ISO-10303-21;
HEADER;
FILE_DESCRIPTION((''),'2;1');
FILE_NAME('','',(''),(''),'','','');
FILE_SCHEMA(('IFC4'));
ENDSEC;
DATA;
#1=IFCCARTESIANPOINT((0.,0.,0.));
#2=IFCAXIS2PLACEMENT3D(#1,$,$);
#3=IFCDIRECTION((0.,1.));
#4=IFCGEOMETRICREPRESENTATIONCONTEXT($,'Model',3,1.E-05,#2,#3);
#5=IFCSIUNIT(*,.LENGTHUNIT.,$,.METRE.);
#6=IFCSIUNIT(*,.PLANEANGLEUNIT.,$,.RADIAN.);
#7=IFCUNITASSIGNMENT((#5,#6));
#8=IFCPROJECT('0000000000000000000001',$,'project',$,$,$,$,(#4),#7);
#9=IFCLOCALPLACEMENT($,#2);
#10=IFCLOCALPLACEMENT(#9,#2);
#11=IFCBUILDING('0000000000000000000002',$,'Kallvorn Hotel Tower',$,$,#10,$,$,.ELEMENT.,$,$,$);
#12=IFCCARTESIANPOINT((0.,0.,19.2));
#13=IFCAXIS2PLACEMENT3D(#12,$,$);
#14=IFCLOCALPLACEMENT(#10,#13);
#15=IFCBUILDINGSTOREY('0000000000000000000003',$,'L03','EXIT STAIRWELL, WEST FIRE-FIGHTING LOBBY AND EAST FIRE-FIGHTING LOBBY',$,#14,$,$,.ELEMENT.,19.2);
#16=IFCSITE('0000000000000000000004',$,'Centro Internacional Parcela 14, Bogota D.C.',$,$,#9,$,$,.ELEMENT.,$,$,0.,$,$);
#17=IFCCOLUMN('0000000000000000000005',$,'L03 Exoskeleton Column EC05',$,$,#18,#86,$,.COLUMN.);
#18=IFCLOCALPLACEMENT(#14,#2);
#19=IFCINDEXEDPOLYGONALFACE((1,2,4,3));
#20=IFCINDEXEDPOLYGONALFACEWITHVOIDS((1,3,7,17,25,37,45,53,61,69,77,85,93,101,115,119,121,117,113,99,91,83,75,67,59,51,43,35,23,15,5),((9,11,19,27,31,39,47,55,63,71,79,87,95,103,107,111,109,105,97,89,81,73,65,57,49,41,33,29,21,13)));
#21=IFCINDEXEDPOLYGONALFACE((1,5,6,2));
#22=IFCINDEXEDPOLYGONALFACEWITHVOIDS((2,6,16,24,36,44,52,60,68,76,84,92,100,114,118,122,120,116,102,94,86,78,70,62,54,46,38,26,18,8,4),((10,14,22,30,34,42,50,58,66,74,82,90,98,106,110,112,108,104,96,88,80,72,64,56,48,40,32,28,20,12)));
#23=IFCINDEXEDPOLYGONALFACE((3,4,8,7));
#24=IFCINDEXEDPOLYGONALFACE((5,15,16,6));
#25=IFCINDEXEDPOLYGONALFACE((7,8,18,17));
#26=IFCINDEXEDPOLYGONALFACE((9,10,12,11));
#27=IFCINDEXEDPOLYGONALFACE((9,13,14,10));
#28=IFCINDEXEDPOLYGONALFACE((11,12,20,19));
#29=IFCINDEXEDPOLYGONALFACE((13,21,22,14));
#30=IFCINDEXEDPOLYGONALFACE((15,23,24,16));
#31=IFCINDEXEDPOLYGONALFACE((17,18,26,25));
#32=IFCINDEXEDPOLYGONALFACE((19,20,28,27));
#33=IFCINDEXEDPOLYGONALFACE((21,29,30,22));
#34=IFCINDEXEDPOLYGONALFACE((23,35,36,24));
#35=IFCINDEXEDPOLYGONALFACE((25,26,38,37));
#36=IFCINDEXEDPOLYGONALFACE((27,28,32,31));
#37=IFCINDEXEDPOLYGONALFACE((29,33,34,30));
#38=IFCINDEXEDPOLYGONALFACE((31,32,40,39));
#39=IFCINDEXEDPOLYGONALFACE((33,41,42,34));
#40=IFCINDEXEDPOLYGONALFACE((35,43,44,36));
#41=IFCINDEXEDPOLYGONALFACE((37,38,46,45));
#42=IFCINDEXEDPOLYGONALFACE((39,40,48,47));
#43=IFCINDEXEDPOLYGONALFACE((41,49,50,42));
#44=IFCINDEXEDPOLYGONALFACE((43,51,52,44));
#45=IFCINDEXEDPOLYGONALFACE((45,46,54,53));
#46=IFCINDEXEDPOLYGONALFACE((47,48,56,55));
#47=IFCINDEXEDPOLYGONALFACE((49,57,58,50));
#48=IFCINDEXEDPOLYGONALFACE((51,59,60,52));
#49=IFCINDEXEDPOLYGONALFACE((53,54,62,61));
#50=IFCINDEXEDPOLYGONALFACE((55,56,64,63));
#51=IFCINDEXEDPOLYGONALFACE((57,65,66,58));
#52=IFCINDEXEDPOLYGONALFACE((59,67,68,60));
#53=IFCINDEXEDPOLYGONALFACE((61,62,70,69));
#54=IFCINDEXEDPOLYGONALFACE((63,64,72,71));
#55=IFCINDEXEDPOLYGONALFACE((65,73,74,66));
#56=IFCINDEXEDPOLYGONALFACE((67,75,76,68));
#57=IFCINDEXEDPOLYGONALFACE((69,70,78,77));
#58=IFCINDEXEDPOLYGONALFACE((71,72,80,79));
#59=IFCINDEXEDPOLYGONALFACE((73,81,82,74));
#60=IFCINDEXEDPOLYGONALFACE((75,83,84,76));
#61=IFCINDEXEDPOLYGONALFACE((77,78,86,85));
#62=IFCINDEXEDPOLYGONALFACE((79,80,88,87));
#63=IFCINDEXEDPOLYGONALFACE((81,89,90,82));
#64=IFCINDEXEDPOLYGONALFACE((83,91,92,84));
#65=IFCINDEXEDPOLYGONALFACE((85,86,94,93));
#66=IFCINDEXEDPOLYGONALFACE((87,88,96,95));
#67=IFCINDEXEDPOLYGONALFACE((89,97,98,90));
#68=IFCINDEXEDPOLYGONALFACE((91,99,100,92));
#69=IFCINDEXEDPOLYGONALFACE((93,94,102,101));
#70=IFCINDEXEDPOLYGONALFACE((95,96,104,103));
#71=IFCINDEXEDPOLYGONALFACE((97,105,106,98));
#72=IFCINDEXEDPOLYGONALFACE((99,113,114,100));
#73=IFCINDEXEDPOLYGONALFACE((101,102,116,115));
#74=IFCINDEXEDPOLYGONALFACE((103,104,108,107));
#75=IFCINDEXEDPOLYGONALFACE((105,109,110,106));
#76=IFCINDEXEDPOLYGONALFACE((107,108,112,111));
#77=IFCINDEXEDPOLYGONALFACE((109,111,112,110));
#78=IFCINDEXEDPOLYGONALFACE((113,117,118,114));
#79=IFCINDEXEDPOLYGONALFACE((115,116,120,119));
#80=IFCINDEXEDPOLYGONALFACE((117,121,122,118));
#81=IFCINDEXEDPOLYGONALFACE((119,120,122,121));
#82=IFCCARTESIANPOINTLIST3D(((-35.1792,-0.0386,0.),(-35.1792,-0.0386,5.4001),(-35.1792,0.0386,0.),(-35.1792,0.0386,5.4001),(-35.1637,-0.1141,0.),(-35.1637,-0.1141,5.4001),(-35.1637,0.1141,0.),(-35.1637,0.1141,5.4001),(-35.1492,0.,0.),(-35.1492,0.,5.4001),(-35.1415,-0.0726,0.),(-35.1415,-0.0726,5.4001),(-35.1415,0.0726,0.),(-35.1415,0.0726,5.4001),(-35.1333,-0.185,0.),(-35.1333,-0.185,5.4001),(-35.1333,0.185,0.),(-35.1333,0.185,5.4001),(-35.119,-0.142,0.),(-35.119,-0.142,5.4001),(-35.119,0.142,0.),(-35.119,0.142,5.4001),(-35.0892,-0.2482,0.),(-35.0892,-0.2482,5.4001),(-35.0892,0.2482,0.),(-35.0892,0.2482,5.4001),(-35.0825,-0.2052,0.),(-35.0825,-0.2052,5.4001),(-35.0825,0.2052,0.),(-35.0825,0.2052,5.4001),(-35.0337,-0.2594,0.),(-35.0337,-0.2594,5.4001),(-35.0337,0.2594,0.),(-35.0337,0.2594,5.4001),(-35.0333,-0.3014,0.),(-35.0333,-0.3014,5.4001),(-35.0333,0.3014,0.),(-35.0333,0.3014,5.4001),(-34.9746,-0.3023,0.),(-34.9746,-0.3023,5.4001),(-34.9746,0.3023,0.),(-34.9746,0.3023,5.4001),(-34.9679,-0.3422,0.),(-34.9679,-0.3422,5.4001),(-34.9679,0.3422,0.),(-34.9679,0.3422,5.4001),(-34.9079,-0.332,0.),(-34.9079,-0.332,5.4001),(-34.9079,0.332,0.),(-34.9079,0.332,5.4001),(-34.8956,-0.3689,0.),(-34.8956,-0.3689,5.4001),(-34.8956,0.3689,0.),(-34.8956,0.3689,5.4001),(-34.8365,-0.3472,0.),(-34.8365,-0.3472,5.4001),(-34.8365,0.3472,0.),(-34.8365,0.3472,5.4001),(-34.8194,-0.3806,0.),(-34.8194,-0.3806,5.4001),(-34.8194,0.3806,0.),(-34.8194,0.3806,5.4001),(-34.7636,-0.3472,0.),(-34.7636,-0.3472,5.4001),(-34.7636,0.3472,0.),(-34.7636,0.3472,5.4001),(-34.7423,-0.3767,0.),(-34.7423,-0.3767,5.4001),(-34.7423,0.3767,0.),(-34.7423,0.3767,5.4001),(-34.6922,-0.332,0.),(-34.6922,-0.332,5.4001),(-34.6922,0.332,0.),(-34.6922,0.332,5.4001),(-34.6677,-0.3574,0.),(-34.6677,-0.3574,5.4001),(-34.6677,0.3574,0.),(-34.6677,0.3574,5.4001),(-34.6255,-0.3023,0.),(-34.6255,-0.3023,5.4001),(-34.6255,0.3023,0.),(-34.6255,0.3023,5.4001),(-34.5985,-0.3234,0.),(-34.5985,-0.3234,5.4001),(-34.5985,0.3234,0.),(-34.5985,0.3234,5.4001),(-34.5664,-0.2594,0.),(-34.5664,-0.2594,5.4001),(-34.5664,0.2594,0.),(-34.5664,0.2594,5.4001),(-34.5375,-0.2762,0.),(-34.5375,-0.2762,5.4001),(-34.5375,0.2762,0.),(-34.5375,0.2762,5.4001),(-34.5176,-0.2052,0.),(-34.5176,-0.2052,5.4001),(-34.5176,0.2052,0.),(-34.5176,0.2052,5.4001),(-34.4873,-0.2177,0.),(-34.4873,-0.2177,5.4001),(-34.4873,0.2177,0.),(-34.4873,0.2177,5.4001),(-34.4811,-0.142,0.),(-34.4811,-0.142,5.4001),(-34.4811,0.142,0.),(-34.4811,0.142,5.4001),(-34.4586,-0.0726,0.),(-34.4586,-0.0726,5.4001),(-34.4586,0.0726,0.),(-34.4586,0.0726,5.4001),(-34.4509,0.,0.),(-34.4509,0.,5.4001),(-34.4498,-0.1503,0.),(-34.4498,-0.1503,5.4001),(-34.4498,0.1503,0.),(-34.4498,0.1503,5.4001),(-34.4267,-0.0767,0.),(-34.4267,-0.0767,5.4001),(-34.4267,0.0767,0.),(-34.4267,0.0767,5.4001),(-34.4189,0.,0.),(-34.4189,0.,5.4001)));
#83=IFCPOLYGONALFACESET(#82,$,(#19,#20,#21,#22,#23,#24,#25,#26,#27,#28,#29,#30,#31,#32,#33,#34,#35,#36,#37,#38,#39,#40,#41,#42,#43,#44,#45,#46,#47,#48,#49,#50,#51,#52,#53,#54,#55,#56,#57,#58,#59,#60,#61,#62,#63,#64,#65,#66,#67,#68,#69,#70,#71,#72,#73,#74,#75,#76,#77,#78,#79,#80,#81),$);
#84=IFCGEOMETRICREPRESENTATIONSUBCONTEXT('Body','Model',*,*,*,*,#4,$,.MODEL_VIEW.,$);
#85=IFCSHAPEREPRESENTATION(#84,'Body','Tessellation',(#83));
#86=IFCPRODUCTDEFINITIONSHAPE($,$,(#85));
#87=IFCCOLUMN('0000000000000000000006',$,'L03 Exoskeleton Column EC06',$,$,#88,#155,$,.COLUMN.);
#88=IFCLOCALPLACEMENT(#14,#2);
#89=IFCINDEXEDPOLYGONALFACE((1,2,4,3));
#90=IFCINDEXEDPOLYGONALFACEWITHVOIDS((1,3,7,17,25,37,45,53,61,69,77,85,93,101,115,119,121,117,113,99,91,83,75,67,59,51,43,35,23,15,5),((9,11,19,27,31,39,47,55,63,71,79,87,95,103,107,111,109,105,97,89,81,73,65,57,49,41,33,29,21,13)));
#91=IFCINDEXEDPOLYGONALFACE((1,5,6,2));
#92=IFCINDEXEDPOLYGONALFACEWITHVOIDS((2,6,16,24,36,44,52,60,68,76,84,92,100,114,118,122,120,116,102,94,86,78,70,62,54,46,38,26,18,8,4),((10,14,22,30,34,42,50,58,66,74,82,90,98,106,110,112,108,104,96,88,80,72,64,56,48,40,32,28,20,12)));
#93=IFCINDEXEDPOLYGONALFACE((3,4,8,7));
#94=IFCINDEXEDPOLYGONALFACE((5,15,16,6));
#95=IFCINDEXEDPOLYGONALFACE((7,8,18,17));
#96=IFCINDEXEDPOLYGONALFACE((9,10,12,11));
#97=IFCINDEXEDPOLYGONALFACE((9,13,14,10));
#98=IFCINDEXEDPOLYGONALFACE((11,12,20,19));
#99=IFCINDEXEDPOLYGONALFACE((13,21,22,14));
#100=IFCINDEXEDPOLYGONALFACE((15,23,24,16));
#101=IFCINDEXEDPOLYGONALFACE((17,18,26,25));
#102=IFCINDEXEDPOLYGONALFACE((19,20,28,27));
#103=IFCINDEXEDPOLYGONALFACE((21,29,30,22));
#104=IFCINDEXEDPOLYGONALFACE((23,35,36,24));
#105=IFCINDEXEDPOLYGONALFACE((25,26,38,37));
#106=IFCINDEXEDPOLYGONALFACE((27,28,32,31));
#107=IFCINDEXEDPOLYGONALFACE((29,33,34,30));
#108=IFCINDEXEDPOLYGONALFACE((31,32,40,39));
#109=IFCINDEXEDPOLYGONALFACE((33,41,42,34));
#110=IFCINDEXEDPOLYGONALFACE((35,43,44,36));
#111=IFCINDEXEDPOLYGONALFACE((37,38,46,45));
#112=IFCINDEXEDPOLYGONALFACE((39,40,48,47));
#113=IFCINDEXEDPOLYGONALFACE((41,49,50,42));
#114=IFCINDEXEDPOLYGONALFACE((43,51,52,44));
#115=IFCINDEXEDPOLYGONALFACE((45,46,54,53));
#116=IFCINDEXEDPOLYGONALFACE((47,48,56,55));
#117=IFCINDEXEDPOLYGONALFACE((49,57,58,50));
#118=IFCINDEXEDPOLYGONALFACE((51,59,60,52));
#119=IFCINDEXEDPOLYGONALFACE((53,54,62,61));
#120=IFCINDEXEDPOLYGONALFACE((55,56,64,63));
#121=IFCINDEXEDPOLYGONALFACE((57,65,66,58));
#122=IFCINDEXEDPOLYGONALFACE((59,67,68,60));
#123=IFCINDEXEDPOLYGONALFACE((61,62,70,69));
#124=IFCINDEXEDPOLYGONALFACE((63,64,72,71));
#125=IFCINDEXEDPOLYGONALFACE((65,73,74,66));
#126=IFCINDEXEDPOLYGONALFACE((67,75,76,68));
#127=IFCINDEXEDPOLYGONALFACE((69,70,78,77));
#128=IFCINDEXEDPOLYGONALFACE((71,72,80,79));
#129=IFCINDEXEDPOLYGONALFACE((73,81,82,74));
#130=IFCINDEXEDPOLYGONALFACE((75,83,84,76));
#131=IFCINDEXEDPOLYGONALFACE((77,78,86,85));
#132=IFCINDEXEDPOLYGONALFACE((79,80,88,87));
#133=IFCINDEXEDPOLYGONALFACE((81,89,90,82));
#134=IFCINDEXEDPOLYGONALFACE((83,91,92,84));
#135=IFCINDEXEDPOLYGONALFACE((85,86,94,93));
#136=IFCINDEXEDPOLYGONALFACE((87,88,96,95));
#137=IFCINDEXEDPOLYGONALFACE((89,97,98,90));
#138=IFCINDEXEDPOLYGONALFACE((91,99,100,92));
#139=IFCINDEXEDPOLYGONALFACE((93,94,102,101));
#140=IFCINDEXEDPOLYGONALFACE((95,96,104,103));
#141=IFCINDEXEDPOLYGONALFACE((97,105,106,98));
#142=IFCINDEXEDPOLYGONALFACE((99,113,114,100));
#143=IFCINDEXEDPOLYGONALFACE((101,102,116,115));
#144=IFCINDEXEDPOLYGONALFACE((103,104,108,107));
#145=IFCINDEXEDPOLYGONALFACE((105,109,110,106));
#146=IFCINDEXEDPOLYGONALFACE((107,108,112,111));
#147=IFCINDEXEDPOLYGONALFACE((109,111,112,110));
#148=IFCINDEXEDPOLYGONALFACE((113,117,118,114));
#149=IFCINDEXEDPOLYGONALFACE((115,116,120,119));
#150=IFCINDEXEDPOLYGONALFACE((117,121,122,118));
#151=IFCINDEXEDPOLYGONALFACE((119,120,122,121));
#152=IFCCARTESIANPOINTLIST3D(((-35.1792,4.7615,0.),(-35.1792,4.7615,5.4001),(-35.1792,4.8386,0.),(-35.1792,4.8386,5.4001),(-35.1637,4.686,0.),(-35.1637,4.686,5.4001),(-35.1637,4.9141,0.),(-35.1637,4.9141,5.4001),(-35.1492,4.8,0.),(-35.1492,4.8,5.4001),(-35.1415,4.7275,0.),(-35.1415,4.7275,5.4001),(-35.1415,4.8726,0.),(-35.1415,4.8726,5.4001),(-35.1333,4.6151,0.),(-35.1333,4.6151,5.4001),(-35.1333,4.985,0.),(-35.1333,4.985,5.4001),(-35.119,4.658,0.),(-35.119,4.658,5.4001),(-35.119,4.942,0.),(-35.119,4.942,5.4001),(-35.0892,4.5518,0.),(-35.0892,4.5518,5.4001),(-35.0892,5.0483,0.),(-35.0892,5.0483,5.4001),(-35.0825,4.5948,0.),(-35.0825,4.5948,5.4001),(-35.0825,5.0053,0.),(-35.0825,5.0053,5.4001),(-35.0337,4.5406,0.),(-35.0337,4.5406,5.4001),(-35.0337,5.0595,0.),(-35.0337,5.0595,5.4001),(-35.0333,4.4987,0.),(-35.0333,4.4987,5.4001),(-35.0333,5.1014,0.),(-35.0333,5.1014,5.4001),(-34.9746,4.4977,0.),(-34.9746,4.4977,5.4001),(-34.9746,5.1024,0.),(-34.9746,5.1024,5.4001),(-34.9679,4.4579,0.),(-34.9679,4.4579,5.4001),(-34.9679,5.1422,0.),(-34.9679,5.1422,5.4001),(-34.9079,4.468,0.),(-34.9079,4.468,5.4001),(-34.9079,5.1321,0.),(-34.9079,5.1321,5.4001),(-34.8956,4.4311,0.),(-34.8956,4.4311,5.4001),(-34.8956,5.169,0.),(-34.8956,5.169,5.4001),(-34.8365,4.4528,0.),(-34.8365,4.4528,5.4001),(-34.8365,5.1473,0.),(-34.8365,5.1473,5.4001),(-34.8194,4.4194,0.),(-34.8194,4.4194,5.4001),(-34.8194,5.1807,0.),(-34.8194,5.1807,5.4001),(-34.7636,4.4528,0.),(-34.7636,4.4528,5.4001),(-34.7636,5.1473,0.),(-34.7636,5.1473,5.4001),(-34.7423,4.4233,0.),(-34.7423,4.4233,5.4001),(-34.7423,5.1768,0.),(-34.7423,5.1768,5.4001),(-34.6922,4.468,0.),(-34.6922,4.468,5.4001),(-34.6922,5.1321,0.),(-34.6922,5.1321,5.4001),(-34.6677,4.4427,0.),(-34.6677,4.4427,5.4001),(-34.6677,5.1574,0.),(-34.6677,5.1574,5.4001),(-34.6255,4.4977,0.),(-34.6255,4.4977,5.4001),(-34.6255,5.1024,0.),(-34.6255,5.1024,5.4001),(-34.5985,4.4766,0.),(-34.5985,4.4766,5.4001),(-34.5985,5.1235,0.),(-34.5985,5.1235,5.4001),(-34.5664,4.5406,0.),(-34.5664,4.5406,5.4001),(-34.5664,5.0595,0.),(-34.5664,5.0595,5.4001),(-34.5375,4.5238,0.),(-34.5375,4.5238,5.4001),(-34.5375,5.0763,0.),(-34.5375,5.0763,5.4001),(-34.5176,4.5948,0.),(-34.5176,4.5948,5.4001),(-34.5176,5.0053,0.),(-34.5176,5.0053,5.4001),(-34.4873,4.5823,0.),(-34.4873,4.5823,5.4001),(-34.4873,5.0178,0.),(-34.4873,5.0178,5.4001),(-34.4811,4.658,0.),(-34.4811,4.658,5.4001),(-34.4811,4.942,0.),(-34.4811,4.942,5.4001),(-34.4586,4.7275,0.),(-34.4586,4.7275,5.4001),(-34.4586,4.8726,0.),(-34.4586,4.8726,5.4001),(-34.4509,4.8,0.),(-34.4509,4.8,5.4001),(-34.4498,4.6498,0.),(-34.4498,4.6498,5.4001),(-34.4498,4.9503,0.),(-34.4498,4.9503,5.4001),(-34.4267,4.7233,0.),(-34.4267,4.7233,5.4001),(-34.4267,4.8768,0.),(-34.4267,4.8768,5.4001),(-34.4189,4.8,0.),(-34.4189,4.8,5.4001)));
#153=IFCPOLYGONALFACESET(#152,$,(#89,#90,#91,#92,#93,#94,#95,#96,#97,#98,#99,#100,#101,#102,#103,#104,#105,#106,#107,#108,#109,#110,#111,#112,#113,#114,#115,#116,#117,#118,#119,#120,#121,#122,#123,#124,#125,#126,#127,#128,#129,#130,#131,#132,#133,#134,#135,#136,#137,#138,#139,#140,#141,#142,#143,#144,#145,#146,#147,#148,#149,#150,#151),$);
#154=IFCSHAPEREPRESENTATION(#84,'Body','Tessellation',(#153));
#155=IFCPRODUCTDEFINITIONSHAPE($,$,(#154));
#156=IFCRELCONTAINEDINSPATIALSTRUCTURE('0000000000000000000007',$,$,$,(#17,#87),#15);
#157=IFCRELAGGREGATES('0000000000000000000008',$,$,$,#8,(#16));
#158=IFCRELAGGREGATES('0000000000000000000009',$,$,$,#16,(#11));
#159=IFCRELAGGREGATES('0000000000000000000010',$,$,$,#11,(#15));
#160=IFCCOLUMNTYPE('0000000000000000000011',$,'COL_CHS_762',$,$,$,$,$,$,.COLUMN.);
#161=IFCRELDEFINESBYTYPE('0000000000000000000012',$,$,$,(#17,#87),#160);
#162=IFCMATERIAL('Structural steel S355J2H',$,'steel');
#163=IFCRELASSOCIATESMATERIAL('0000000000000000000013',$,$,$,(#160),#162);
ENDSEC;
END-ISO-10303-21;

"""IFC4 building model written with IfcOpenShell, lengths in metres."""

from ifc_helpers import new_model, si_unit, direction, frame, origin, origin_2d, place, context, subcontext, project, spatial, hollow_circle, extrude, material, material_profile, profile_set, type_object, element, save


model = new_model("IFC4")

# Units and contexts
model_context = context("Model", 3, precision=1e-05, world=origin(), true_north=direction((0.0, 1.0)))
body_context = subcontext(model_context, "Body", "Model", "MODEL_VIEW")
ifc_project = project(units=[si_unit("LENGTHUNIT", "METRE"), si_unit("PLANEANGLEUNIT", "RADIAN")], contexts=[model_context])

# Site, building, storey
site_placement = place(None, origin())
site = spatial("IfcSite", under=ifc_project, at=site_placement, Name="Centro Internacional Parcela 14, Bogota D.C.", CompositionType="ELEMENT", RefElevation=0.0)
building_placement = place(site_placement, origin())
building = spatial("IfcBuilding", under=site, at=building_placement, Name="Kallvorn Hotel Tower", CompositionType="ELEMENT")
storey_placement = place(building_placement, frame((0.0, 0.0, 19.2)))
storey = spatial("IfcBuildingStorey", under=building, at=storey_placement, Name="L03", Description="EXIT STAIRWELL, WEST FIRE-FIGHTING LOBBY AND EAST FIRE-FIGHTING LOBBY", CompositionType="ELEMENT", Elevation=19.2)

# Columns
ifc_material_1 = material(Name="Structural steel S355J2H", Category="steel")
ifc_material_profile_1 = material_profile(ifc_material_1, hollow_circle(Radius=0.3811, WallThickness=0.032, at=origin_2d()), Name="CHS 762x32")
ifc_profile_set_1 = profile_set([ifc_material_profile_1], Name="Structural steel S355J2H")
column_type = type_object("IfcColumnType", Name="COL_CHS_762", PredefinedType="COLUMN", material=ifc_profile_set_1)
for number, where, z_axis, x_axis, name in (
    (1, (-34.8, 0.0, 0.0), (0.0, 0.0, 1.0), (1.0, 0.0, 0.0), "L03 Exoskeleton Column EC05"),
    (2, (-34.8, 4.8, 0.0), (0.0, 0.0, 1.0), (1.0, 0.0, 0.0), "L03 Exoskeleton Column EC06"),
):
    element("IfcColumn", number, at=place(storey_placement, frame(where, z_axis=z_axis, x_axis=x_axis)), inside=storey, type_object=column_type, Name=name, PredefinedType="COLUMN", context=body_context, shape_type="SweptSolid", body=[
        extrude(hollow_circle(Radius=0.3811, WallThickness=0.032, at=origin_2d()), origin(), (0.0, 0.0, 1.0), 5.4001),
    ])

save(model, "model.ifc")
